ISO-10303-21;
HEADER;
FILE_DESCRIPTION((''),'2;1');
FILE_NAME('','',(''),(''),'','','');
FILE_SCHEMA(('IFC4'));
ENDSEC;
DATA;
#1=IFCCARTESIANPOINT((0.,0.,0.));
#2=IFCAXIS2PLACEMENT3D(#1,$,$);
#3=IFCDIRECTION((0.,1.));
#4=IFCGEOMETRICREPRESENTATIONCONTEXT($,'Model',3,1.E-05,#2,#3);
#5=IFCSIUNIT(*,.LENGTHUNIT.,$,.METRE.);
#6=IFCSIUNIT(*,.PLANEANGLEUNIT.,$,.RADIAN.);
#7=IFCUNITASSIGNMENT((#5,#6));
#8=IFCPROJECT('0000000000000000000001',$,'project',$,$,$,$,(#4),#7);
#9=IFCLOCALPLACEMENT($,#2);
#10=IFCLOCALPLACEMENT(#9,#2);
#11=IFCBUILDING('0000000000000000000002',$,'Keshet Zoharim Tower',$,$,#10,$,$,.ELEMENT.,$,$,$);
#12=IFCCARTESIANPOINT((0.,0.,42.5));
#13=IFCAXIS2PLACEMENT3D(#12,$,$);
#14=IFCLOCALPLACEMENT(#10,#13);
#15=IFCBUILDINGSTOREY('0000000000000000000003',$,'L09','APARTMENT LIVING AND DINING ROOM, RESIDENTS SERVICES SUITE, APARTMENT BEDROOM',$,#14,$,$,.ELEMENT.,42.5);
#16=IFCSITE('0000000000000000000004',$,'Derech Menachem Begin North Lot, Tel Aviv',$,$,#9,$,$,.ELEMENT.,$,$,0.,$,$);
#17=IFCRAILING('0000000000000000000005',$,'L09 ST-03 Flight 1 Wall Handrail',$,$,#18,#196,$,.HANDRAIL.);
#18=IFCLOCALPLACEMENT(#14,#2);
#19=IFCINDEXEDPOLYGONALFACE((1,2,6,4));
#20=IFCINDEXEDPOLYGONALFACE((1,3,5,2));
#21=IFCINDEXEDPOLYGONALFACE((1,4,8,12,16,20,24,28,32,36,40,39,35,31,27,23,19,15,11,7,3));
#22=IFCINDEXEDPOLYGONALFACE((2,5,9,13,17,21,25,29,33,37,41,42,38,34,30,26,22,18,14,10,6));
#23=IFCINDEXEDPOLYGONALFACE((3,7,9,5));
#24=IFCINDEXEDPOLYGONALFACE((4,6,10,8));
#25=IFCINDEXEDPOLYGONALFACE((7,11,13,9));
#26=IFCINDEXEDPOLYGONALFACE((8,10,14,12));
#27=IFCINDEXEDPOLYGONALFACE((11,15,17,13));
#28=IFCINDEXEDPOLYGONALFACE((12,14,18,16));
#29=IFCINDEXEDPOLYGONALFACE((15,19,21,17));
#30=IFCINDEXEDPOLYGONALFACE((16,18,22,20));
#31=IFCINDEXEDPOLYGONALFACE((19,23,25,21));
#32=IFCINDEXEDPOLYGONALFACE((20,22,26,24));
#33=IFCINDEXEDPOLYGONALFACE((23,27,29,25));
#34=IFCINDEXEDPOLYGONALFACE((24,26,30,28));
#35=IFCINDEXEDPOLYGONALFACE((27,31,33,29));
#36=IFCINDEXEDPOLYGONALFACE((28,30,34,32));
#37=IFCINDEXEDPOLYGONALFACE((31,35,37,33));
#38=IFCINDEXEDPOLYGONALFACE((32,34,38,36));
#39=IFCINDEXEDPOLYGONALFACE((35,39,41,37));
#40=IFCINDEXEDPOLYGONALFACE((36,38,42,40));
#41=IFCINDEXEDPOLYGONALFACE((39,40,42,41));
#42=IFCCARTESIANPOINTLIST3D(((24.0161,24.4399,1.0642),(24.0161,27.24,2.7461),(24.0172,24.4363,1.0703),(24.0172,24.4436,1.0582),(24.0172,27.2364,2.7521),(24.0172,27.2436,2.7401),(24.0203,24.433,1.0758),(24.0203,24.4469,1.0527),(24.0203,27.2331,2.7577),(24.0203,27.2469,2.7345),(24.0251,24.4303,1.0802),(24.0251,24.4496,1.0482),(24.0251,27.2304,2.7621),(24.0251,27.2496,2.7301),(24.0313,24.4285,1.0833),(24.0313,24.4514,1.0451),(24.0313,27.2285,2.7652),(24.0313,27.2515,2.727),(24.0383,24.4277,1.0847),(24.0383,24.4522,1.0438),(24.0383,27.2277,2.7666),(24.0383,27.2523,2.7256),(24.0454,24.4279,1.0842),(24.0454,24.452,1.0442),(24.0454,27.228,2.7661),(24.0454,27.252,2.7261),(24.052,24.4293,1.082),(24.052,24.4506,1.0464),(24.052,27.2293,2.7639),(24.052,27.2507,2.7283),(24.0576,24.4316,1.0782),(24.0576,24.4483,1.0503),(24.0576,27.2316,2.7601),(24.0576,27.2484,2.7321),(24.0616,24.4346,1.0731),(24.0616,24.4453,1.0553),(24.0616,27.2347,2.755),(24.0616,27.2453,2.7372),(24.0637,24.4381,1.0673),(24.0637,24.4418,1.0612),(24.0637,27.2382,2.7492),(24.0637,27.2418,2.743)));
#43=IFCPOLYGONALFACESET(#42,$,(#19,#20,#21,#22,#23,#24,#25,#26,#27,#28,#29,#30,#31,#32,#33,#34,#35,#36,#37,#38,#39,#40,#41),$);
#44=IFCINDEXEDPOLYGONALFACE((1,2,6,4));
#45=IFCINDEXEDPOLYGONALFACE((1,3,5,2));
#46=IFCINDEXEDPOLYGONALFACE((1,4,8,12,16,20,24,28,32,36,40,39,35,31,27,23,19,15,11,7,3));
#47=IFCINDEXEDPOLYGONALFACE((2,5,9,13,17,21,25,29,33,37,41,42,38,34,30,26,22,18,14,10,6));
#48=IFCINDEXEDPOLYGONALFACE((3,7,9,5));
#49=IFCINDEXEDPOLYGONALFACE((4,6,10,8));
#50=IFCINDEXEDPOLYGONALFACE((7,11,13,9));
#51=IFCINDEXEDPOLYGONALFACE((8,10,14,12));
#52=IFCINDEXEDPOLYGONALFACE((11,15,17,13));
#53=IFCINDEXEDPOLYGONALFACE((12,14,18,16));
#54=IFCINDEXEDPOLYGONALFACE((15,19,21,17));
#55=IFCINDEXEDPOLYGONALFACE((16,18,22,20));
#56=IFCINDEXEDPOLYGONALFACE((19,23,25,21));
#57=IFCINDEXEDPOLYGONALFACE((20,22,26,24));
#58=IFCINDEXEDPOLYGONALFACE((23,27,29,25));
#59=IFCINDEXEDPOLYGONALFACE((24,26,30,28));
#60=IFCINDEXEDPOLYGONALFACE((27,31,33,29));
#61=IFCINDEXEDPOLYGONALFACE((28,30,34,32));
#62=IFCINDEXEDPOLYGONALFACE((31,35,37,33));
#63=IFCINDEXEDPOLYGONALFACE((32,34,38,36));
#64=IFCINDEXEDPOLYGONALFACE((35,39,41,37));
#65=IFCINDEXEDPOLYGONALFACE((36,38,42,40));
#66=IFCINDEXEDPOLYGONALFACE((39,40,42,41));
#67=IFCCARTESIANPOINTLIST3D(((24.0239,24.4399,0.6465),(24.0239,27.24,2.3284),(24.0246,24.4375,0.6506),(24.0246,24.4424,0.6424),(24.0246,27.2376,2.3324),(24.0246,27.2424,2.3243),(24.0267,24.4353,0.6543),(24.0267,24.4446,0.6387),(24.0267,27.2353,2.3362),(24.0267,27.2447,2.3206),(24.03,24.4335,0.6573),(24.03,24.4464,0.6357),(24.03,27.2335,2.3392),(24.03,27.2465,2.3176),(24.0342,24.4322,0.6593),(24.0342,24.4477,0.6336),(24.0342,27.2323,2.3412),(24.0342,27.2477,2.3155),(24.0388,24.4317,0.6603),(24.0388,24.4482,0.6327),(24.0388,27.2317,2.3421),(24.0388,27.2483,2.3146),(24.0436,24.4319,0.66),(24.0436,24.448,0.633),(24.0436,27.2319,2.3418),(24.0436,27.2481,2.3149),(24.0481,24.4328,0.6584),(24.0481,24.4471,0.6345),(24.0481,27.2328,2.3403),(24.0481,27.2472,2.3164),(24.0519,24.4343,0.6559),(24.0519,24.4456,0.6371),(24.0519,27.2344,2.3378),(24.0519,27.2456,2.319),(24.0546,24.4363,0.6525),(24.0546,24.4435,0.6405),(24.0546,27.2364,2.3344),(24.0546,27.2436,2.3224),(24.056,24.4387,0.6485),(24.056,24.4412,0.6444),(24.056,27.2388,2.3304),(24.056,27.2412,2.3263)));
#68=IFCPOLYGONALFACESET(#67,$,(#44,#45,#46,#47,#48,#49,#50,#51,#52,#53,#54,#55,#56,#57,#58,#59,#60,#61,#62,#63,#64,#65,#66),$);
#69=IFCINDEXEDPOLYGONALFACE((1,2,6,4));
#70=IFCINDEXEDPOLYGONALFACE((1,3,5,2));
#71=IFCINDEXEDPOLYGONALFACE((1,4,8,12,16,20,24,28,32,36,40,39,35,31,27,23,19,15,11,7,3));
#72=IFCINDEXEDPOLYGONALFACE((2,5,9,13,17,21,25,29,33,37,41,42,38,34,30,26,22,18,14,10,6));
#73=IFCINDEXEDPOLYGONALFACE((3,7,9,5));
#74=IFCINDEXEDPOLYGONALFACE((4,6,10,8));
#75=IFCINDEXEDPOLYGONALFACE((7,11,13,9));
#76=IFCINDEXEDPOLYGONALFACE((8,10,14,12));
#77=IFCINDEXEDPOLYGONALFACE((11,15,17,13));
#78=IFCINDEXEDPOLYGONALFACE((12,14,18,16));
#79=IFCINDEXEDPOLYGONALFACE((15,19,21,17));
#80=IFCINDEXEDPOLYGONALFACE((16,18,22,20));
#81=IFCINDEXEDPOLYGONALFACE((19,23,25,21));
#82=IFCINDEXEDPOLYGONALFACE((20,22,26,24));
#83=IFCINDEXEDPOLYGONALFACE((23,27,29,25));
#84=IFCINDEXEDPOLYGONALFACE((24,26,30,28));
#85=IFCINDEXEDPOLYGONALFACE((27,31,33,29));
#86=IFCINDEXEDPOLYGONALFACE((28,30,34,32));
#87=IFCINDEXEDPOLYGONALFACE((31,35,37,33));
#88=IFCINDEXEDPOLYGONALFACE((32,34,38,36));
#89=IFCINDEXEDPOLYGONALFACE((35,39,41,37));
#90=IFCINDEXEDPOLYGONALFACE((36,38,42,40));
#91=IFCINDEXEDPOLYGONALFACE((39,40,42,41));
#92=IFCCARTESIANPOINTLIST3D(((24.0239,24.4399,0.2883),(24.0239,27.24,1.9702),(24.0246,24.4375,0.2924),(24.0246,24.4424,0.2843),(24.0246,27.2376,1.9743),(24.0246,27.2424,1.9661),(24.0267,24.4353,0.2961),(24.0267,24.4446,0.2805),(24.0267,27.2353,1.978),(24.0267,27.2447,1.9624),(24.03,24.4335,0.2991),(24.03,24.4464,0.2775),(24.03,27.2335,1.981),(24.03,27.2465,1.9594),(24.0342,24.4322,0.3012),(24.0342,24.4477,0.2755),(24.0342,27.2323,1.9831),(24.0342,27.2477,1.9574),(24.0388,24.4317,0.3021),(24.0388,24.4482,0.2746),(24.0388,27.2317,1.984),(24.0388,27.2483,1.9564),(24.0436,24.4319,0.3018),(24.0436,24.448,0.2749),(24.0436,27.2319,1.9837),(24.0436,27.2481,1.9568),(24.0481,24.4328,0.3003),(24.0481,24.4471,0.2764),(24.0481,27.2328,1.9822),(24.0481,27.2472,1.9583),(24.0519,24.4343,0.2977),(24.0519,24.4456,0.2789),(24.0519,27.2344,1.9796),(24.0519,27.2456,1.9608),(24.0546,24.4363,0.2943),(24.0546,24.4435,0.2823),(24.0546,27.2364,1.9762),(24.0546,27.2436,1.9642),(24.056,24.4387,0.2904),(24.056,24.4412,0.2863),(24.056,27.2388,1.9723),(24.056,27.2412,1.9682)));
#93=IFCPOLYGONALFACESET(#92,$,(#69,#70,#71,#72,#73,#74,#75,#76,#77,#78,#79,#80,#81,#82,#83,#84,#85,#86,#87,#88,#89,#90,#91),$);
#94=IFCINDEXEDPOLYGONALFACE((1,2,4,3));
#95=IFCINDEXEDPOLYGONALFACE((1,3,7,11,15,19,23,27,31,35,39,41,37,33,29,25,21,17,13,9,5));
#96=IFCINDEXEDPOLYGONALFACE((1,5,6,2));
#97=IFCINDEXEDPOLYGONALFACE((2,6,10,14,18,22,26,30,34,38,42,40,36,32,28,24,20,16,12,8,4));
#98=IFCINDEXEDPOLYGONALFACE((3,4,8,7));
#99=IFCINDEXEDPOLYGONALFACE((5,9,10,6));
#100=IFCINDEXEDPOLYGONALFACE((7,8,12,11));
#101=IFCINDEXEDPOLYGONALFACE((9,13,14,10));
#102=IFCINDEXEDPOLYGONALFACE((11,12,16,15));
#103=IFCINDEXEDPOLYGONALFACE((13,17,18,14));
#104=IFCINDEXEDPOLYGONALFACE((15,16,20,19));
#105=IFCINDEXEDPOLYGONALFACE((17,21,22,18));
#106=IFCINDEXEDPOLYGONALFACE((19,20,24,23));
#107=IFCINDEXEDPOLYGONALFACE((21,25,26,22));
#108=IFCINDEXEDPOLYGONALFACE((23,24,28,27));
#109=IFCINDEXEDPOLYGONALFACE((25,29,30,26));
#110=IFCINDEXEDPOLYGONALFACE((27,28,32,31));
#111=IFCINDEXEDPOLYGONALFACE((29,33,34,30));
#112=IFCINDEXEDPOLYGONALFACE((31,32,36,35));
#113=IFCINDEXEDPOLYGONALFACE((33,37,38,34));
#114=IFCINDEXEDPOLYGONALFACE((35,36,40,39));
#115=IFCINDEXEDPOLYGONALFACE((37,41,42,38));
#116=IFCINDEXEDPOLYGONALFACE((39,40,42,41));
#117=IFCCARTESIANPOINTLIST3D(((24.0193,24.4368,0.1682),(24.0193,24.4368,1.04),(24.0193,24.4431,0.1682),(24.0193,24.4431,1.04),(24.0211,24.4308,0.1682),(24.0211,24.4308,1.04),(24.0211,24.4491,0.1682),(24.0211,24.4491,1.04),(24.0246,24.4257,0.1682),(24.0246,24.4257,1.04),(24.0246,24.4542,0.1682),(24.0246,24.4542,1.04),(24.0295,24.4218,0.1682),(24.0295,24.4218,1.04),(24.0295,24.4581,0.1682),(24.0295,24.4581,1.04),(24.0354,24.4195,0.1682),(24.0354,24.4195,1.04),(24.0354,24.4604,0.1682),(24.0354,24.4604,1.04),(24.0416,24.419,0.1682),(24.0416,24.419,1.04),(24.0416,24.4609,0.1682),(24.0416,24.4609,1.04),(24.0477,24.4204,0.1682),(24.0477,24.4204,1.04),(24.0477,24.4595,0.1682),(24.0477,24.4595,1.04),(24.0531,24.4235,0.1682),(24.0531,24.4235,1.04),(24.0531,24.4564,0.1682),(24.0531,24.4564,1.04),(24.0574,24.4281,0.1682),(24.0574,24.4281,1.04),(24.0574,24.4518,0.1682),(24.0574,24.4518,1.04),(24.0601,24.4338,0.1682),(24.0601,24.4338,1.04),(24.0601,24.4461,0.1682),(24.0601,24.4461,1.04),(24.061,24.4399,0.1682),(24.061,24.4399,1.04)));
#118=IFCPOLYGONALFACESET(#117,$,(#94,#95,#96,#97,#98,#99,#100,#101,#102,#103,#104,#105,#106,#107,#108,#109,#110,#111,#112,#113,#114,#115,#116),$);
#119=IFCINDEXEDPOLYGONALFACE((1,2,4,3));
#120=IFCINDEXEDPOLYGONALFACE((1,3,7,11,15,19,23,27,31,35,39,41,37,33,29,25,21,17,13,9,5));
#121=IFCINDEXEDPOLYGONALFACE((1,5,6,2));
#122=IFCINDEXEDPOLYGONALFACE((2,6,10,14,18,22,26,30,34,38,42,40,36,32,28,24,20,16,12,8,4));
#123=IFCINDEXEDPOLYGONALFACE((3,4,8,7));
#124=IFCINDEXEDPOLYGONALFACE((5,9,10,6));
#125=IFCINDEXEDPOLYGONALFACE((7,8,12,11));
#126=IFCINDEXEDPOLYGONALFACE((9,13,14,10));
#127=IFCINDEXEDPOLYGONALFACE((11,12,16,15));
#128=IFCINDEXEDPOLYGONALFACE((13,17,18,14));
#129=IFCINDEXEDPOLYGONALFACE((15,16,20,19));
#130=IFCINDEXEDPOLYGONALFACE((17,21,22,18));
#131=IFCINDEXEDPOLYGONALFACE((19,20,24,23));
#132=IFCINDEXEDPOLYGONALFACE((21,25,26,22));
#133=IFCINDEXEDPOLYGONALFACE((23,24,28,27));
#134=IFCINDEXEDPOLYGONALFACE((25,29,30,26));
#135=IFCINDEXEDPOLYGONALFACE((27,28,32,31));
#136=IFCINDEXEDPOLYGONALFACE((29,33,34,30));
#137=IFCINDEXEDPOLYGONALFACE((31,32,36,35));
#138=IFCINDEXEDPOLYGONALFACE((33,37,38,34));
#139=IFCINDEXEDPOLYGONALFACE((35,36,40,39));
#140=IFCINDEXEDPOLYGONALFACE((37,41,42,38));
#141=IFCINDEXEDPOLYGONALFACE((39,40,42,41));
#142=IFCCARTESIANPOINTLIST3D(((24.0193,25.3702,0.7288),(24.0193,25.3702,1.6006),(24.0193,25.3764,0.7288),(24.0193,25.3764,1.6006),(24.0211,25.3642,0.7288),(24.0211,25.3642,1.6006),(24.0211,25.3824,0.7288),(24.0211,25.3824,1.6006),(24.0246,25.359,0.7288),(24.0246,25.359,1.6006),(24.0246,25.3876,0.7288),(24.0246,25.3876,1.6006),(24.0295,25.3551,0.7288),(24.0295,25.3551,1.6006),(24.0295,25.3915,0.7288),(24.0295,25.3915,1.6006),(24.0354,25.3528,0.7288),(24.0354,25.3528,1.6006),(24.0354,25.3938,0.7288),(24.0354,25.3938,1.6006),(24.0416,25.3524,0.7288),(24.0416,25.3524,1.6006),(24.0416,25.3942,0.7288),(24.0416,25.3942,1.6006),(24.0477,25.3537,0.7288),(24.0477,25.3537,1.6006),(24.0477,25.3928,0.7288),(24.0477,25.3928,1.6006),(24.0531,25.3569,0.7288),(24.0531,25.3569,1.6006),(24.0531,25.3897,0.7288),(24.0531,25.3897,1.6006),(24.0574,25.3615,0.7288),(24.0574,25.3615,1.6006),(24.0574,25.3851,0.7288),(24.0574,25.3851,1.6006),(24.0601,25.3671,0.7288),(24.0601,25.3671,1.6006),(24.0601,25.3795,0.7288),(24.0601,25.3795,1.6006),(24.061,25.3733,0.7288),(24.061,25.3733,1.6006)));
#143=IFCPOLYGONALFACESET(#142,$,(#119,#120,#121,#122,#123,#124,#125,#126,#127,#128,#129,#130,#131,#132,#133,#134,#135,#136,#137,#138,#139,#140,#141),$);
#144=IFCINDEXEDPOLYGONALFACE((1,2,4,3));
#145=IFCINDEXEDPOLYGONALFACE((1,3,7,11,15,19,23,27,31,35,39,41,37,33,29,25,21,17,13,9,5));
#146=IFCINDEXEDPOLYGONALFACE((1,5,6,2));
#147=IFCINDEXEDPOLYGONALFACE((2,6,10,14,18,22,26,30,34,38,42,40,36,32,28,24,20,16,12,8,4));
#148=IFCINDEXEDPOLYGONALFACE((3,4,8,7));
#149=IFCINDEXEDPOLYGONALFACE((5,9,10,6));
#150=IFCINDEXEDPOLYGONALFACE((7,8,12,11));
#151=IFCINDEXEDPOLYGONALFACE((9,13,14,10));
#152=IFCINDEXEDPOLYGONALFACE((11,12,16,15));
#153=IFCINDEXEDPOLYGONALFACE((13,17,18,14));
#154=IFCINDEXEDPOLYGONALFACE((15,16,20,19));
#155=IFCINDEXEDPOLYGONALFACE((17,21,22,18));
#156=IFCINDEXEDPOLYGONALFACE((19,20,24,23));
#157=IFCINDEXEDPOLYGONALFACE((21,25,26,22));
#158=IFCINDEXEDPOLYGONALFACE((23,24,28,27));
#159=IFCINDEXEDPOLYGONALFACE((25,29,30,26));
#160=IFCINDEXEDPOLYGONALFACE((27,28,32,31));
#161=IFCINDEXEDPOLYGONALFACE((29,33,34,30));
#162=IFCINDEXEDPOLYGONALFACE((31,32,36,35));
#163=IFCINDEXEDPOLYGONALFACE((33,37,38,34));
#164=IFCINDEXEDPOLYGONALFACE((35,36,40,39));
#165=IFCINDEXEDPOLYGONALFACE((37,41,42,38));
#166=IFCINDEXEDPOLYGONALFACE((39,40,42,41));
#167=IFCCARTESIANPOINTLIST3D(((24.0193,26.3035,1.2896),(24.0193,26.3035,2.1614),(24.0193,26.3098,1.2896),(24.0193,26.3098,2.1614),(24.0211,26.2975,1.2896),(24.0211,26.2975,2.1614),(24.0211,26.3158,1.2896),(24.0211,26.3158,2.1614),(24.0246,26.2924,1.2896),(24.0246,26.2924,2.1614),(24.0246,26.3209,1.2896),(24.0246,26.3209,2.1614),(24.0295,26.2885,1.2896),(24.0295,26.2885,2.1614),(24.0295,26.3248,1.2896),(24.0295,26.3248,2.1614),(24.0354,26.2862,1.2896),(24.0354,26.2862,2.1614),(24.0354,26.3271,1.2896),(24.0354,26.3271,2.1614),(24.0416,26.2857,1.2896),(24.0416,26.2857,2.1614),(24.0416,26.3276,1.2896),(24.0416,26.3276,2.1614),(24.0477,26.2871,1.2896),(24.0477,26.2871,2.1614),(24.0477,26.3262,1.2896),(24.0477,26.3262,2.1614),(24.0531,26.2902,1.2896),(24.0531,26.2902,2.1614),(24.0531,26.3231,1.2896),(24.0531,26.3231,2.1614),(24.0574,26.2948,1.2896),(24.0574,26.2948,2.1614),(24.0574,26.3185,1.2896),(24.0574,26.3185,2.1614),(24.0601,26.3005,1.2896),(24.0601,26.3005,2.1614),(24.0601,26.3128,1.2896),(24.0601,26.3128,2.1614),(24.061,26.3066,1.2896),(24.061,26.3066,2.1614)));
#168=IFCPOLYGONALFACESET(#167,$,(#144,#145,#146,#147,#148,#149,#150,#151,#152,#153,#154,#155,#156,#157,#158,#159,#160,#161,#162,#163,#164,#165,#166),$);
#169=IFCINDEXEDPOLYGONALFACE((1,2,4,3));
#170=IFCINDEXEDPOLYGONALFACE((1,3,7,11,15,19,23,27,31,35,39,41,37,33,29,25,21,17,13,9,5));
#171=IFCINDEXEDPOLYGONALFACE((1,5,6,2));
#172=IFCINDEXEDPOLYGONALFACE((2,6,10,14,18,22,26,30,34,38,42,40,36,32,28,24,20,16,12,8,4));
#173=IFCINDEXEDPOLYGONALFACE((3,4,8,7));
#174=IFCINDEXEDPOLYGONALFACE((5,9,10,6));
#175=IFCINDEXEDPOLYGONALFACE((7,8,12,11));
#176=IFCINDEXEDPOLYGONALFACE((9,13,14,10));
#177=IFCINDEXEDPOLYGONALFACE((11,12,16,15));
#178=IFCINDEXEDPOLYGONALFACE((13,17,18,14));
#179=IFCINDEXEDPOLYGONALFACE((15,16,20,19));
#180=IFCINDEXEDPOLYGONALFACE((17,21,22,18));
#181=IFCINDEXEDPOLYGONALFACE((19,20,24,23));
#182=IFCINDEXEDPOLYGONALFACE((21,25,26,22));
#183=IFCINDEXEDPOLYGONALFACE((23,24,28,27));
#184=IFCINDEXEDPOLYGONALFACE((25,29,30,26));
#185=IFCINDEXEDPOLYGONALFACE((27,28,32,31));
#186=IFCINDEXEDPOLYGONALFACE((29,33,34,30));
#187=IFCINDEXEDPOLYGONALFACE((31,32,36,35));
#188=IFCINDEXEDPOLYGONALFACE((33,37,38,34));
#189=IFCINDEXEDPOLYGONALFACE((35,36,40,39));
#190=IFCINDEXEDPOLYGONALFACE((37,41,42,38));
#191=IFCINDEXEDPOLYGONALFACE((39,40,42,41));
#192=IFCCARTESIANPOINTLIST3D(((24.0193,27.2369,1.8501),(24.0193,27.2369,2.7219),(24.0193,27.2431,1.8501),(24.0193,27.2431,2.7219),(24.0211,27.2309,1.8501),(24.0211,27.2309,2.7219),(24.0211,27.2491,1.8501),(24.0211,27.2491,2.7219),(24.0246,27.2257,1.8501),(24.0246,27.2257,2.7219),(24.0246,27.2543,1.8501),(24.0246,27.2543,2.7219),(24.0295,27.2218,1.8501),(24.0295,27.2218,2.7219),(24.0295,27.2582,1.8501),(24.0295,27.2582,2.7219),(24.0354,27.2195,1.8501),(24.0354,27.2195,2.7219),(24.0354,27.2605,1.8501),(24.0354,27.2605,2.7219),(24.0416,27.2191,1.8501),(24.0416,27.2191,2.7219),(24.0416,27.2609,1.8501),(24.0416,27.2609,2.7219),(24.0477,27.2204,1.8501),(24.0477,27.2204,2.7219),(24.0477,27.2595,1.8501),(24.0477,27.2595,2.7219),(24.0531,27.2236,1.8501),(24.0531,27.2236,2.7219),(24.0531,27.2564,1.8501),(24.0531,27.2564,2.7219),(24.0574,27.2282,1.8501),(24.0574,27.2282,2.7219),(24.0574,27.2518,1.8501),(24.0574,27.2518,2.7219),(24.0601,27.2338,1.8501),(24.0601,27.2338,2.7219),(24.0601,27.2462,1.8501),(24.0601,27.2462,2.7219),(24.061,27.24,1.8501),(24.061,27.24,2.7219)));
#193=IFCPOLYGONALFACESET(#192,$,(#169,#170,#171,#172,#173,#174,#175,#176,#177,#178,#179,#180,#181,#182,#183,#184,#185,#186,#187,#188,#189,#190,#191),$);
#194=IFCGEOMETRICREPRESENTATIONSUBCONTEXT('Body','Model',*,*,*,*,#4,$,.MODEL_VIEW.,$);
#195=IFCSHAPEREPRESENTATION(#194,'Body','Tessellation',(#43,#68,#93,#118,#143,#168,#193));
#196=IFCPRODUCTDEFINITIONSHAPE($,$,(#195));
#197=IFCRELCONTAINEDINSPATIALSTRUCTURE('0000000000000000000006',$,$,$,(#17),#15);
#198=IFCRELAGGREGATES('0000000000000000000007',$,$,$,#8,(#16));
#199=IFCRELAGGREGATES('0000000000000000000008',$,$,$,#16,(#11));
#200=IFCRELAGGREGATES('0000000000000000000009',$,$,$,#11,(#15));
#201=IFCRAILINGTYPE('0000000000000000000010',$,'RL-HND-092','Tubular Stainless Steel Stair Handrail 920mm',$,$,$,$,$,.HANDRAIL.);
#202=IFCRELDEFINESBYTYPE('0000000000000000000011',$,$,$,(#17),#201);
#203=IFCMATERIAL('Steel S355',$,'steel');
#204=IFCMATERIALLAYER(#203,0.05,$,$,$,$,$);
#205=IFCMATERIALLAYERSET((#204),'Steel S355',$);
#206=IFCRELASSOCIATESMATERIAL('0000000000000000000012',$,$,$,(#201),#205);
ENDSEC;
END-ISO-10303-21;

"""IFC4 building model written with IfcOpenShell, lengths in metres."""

from ifc_helpers import new_model, si_unit, direction, frame, origin, origin_2d, place, context, subcontext, project, spatial, circle, extrude, material, layer, layer_set, type_object, element, save


model = new_model("IFC4")

# Units and contexts
model_context = context("Model", 3, precision=1e-05, world=origin(), true_north=direction((0.0, 1.0)))
body_context = subcontext(model_context, "Body", "Model", "MODEL_VIEW")
ifc_project = project(units=[si_unit("LENGTHUNIT", "METRE"), si_unit("PLANEANGLEUNIT", "RADIAN")], contexts=[model_context])

# Site, building, storey
site_placement = place(None, origin())
site = spatial("IfcSite", under=ifc_project, at=site_placement, Name="Derech Menachem Begin North Lot, Tel Aviv", CompositionType="ELEMENT", RefElevation=0.0)
building_placement = place(site_placement, origin())
building = spatial("IfcBuilding", under=site, at=building_placement, Name="Keshet Zoharim Tower", CompositionType="ELEMENT")
storey_placement = place(building_placement, frame((0.0, 0.0, 42.5)))
storey = spatial("IfcBuildingStorey", under=building, at=storey_placement, Name="L09", Description="APARTMENT LIVING AND DINING ROOM, RESIDENTS SERVICES SUITE, APARTMENT BEDROOM", CompositionType="ELEMENT", Elevation=42.5)

# Shared definitions
ifc_material_1 = material(Name="Steel S355", Category="steel")

# Railing
ifc_layer_1 = layer(ifc_material_1, 0.05)
ifc_layer_set_1 = layer_set([ifc_layer_1], Name="Steel S355")
railing_type_1 = type_object("IfcRailingType", Name="RL-HND-092", Description="Tubular Stainless Steel Stair Handrail 920mm", PredefinedType="HANDRAIL", material=ifc_layer_set_1)
railing_1_placement = place(storey_placement, frame((24.04, 24.4399, 0.1682)))
element("IfcRailing", 1, at=railing_1_placement, inside=storey, type_object=railing_type_1, Name="L09 ST-03 Flight 1 Wall Handrail", PredefinedType="HANDRAIL", context=body_context, shape_type="SweptSolid", body=[
    extrude(circle(Radius=0.0239, at=origin_2d()), frame((0.0, 0.0, 0.896), z_axis=(0.0, 0.857242, 0.514913), x_axis=(-1.0, 0.0, 0.0)), (0.0, 0.0, 1.0), 3.2664),
    extrude(circle(Radius=0.0161, at=origin_2d()), frame((0.0, 0.0, 0.4783), z_axis=(0.0, 0.857242, 0.514913), x_axis=(-1.0, 0.0, 0.0)), (0.0, 0.0, 1.0), 3.2664),
    extrude(circle(Radius=0.0161, at=origin_2d()), frame((0.0, 0.0, 0.1201), z_axis=(0.0, 0.857242, 0.514913), x_axis=(-1.0, 0.0, 0.0)), (0.0, 0.0, 1.0), 3.2664),
    extrude(circle(Radius=0.021, at=origin_2d()), origin(), (0.0, 0.0, 1.0), 0.8718),
    extrude(circle(Radius=0.021, at=origin_2d()), frame((0.0, 0.9333, 0.5605)), (0.0, 0.0, 1.0), 0.8718),
    extrude(circle(Radius=0.021, at=origin_2d()), frame((0.0, 1.8667, 1.1213)), (0.0, 0.0, 1.0), 0.8718),
    extrude(circle(Radius=0.021, at=origin_2d()), frame((0.0, 2.8, 1.6819)), (0.0, 0.0, 1.0), 0.8718),
])

save(model, "model.ifc")
